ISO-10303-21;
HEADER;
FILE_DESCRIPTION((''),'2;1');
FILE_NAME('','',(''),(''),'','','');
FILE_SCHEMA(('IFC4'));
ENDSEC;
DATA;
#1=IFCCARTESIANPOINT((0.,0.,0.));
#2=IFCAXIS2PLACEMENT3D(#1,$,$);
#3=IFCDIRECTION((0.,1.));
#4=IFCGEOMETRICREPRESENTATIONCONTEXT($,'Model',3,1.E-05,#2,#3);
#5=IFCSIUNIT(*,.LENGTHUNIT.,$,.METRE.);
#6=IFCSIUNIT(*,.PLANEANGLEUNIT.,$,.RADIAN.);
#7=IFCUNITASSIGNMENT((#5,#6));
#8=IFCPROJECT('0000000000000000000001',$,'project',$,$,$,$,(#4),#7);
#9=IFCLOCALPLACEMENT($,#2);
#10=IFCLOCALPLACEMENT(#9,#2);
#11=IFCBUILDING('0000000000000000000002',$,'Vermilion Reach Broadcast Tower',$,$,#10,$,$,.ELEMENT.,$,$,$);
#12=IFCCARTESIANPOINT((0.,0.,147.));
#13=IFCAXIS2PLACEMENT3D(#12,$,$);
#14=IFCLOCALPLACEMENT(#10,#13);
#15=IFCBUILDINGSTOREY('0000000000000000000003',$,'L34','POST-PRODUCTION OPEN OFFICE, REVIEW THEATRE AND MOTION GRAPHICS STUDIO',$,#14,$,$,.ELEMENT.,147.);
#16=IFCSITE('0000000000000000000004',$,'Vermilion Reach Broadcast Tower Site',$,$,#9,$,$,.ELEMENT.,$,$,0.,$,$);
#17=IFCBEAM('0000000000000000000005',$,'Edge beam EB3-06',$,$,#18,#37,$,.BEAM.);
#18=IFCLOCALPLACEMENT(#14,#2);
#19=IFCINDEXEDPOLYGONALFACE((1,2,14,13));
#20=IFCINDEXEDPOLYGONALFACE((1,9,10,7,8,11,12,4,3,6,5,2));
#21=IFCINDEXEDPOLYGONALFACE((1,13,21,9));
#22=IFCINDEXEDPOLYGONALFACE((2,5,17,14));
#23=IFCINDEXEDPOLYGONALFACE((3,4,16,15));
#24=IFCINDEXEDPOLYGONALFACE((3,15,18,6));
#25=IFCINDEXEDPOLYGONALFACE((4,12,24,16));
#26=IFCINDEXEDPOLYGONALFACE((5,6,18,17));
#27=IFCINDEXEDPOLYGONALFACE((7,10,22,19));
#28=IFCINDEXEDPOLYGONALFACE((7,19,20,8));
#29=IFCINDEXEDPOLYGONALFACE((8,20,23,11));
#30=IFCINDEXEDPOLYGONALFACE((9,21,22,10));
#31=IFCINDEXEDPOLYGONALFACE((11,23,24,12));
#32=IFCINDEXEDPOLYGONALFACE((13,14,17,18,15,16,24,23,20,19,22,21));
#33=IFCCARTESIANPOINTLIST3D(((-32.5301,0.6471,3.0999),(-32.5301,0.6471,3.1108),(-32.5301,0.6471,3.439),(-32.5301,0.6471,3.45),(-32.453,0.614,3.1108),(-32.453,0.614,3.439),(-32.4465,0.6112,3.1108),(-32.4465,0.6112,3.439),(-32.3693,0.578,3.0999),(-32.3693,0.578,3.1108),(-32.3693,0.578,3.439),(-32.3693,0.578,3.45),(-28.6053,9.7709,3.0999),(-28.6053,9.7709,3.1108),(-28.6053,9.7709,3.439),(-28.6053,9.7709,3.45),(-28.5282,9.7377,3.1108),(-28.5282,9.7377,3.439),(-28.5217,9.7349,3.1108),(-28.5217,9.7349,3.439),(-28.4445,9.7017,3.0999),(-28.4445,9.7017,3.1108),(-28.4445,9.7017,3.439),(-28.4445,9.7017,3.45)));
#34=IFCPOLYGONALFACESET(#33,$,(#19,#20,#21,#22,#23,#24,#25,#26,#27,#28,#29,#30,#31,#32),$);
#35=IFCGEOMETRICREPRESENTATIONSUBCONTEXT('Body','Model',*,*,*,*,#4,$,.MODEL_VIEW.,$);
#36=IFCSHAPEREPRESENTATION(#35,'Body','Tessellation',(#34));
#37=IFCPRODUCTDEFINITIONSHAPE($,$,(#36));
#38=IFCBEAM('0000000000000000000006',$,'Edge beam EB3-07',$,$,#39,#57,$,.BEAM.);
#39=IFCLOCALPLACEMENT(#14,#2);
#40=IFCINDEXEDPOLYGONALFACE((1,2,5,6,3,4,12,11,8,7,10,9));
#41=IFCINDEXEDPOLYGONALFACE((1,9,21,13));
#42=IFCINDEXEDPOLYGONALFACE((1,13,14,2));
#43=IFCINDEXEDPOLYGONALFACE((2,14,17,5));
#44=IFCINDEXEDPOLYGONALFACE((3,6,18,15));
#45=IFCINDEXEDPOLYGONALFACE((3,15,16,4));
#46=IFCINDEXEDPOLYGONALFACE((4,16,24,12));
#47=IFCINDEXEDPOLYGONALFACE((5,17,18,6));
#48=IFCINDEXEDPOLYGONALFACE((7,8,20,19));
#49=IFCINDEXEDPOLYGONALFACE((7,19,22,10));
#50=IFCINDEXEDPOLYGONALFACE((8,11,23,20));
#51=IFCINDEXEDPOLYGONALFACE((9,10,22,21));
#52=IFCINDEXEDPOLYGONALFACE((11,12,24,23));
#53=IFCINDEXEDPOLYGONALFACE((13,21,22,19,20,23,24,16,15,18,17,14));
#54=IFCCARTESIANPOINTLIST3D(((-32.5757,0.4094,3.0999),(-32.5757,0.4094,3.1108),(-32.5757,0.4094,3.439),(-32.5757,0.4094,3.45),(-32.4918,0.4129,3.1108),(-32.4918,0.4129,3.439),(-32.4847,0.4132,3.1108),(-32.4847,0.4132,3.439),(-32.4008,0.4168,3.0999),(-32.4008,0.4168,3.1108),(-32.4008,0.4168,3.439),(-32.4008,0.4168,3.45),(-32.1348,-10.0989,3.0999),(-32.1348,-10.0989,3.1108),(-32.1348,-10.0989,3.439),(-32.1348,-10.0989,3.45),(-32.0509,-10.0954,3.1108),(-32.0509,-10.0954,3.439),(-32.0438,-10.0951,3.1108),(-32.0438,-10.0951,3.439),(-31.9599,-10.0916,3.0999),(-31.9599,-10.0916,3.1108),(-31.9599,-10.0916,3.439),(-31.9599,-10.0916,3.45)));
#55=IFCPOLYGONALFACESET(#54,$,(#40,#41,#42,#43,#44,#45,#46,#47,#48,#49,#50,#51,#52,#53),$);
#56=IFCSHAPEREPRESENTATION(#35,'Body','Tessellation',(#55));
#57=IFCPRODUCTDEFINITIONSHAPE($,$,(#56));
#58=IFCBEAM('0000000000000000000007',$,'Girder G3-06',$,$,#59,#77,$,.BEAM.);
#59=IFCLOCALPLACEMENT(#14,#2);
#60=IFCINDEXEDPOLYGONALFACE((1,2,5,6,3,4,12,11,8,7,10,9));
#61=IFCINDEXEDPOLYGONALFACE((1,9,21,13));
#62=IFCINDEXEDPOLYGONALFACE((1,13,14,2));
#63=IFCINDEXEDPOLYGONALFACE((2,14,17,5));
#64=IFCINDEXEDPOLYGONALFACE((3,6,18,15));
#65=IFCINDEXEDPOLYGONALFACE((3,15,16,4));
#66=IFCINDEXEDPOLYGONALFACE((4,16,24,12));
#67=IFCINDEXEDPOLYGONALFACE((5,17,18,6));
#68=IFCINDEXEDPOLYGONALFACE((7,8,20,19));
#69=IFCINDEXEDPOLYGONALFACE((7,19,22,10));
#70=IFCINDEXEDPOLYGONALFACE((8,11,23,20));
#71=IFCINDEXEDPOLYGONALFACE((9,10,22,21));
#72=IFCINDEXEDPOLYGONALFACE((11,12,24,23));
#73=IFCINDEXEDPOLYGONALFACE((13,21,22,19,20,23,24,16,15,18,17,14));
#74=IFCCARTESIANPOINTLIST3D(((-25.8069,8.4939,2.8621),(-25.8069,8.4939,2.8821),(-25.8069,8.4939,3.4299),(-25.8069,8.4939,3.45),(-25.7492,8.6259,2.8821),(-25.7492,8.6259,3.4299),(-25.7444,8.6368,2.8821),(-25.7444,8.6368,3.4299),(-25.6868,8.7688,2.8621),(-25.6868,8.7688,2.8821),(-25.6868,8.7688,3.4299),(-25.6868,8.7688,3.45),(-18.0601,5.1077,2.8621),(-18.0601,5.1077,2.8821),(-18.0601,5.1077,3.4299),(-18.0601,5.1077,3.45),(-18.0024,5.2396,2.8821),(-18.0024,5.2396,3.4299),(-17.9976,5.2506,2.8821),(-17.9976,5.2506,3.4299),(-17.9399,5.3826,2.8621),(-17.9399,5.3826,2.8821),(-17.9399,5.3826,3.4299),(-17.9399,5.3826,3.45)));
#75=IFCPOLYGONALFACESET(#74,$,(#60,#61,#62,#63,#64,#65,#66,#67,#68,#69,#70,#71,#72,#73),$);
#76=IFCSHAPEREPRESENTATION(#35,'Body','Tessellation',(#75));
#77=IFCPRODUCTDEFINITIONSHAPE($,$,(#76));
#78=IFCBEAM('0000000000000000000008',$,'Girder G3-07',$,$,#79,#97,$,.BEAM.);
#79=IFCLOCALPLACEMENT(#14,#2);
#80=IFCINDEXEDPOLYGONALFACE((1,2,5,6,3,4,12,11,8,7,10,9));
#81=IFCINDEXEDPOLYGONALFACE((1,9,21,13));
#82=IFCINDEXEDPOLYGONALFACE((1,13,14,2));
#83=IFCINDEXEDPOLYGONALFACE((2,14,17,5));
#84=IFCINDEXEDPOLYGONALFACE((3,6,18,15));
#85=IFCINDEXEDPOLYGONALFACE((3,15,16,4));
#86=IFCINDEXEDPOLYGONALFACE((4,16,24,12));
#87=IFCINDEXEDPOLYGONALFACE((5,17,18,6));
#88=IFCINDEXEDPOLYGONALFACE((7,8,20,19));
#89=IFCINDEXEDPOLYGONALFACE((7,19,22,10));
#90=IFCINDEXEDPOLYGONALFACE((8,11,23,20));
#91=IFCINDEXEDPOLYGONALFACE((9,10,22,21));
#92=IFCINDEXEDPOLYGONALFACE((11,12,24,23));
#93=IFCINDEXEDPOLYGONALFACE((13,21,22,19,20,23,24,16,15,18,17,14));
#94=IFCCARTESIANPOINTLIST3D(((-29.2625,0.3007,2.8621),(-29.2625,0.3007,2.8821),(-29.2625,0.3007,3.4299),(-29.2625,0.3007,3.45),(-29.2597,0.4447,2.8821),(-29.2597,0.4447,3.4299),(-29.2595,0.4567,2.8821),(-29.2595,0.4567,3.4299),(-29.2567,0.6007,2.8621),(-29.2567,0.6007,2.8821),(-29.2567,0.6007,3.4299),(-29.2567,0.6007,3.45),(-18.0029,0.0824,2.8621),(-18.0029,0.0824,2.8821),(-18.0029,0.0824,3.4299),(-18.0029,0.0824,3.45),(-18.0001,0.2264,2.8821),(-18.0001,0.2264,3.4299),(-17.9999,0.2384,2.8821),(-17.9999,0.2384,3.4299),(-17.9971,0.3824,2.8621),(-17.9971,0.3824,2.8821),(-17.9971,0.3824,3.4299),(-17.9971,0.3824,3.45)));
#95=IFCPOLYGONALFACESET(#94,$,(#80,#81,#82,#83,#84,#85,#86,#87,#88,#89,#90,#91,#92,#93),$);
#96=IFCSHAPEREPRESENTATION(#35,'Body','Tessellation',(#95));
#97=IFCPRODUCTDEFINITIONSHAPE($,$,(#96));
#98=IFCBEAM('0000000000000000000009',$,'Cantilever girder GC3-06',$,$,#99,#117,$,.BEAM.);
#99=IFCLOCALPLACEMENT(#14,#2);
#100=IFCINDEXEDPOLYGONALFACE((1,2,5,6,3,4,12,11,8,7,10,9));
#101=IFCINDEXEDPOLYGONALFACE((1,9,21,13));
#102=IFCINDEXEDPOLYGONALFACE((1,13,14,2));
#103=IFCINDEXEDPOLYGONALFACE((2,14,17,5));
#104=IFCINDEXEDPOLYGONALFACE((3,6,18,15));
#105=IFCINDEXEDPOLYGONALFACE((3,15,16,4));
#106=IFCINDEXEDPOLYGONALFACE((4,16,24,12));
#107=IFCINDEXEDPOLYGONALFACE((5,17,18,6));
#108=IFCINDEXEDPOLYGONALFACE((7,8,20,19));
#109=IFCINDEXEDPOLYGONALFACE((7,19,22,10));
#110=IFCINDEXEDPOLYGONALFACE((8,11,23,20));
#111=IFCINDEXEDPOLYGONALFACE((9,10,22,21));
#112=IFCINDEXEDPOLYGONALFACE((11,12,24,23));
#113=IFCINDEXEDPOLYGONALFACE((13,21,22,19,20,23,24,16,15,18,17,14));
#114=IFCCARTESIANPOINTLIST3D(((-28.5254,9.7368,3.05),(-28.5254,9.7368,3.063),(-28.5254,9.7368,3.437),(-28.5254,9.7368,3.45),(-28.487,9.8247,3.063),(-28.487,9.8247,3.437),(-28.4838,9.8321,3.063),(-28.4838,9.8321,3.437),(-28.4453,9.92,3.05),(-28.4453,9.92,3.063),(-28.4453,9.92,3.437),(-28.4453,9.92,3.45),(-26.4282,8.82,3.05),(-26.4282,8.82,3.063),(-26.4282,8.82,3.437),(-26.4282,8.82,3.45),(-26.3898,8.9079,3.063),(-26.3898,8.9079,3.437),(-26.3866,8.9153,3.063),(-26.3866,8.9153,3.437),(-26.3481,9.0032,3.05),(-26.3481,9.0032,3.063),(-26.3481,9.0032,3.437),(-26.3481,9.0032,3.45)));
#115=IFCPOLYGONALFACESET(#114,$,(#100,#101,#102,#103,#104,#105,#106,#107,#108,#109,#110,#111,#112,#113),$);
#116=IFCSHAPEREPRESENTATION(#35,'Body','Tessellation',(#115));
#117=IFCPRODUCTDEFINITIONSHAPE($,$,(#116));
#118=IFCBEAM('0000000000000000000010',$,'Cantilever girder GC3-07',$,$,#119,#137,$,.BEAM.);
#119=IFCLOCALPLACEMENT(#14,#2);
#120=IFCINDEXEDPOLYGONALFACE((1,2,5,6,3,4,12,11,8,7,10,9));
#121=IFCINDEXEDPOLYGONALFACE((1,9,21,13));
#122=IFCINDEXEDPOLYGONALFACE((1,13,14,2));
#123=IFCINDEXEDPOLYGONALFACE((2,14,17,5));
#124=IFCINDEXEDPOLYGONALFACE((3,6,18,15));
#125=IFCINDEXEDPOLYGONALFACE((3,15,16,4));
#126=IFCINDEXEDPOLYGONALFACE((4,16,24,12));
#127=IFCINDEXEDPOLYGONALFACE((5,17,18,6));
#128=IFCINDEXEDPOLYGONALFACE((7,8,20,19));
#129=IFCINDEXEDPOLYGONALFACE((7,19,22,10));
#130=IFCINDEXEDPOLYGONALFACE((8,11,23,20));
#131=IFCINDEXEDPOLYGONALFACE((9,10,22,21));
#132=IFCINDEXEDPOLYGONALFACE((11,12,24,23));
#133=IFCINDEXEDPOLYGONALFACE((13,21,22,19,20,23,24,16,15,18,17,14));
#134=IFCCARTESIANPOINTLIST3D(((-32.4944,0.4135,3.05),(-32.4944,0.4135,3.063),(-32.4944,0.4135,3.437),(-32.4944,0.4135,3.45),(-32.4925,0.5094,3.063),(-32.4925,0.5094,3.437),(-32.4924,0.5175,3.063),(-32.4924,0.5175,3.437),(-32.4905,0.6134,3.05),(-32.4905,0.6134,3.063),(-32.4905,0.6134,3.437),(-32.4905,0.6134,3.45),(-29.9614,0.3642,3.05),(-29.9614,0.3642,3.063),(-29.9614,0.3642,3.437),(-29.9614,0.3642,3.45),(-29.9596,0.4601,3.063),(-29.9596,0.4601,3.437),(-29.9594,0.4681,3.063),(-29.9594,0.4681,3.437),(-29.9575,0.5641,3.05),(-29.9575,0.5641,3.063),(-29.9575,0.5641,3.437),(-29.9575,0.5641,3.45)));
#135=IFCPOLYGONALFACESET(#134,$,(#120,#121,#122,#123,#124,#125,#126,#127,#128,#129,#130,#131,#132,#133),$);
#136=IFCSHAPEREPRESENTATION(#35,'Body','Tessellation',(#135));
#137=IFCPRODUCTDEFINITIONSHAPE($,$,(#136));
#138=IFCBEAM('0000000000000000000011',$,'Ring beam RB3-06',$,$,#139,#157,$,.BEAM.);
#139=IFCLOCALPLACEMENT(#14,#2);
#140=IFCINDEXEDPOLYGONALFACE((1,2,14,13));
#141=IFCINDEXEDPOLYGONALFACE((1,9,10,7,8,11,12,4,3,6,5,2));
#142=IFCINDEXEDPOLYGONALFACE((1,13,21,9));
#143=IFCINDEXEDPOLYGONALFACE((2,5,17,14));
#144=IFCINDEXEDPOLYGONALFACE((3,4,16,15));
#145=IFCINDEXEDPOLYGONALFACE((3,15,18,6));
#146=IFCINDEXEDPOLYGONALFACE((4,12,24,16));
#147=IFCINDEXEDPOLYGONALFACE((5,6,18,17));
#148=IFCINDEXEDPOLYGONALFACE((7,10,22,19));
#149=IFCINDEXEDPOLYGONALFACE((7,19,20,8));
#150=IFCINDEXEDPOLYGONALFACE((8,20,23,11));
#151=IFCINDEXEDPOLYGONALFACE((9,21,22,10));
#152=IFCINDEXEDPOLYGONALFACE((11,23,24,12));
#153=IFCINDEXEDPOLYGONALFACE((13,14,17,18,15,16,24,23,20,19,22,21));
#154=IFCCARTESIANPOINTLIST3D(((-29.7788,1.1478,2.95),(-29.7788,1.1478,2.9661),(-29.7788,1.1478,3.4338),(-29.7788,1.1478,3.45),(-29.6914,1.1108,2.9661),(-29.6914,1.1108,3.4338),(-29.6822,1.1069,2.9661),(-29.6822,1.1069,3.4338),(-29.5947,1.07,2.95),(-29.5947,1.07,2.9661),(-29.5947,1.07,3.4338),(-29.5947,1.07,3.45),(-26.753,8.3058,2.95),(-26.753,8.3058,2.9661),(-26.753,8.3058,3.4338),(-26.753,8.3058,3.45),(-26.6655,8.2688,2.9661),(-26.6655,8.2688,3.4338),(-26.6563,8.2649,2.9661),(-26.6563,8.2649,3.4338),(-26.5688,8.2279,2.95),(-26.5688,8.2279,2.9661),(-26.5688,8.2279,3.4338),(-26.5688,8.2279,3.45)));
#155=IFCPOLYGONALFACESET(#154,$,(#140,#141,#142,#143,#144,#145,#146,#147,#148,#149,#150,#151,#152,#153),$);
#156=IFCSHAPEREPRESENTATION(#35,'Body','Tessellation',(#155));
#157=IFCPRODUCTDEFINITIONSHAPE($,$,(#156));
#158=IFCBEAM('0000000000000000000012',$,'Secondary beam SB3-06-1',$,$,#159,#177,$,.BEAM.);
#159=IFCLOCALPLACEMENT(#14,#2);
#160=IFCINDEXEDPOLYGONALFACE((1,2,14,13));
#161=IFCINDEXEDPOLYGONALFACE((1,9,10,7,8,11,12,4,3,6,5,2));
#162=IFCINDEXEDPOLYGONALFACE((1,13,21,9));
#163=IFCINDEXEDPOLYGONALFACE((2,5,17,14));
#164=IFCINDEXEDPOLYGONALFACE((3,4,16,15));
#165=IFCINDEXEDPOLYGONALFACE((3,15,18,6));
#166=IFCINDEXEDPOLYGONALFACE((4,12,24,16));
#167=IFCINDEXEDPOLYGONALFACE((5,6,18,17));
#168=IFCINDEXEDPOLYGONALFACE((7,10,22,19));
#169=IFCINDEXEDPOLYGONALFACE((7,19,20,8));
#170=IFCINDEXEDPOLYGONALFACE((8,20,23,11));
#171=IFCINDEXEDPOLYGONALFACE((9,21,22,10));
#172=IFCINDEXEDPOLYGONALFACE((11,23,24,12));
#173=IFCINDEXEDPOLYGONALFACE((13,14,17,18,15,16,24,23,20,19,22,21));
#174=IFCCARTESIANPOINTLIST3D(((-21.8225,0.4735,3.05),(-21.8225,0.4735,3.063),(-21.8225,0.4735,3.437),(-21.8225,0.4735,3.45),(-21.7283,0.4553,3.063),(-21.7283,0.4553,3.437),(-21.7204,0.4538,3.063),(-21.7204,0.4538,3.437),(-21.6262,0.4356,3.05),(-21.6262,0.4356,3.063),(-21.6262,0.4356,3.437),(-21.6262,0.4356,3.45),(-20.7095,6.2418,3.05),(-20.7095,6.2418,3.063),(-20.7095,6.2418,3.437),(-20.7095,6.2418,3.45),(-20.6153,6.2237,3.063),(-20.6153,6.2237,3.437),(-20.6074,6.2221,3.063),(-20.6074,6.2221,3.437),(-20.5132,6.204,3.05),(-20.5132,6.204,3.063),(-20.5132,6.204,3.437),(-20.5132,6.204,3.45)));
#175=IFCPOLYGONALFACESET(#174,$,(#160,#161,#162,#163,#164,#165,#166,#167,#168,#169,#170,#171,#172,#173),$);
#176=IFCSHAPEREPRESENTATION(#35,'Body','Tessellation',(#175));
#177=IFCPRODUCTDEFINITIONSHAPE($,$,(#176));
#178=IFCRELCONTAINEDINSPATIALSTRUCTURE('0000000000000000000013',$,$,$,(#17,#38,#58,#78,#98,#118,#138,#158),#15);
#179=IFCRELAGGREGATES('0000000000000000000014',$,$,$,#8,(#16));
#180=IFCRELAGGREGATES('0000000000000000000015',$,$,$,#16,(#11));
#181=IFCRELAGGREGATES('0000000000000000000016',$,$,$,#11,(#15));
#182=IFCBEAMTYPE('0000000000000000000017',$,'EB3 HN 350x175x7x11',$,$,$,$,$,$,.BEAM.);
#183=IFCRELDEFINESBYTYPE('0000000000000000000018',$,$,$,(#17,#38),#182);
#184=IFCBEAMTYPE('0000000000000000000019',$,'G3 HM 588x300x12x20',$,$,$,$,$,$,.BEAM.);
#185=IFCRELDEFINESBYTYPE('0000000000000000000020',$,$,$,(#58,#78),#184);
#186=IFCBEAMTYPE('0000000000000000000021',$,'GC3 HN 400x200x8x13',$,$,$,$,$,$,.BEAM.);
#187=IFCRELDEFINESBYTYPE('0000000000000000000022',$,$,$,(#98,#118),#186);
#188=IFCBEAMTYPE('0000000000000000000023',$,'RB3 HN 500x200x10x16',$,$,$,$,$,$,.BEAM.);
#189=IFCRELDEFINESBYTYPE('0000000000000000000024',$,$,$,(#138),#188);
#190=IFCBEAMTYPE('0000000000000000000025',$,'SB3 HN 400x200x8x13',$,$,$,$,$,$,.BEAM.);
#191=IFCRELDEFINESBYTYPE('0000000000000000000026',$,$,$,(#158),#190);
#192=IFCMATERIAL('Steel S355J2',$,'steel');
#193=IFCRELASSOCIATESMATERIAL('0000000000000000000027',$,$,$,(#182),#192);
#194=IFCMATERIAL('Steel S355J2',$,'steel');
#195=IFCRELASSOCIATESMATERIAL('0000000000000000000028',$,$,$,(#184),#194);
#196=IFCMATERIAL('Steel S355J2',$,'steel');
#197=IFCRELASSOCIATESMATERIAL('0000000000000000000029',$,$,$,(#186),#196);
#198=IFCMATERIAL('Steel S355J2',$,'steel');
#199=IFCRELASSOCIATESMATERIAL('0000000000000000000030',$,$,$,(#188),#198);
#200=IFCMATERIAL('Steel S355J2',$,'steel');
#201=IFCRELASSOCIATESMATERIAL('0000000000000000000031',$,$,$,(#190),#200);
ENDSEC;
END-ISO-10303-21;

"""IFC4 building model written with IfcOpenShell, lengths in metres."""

from ifc_helpers import new_model, si_unit, direction, frame, origin, origin_2d, place, context, subcontext, project, spatial, i_section, extrude, material, material_profile, profile_set, type_object, element, save


model = new_model("IFC4")

# Units and contexts
model_context = context("Model", 3, precision=1e-05, world=origin(), true_north=direction((0.0, 1.0)))
body_context = subcontext(model_context, "Body", "Model", "MODEL_VIEW")
ifc_project = project(units=[si_unit("LENGTHUNIT", "METRE"), si_unit("PLANEANGLEUNIT", "RADIAN")], contexts=[model_context])

# Site, building, storey
site_placement = place(None, origin())
site = spatial("IfcSite", under=ifc_project, at=site_placement, Name="Vermilion Reach Broadcast Tower Site", CompositionType="ELEMENT", RefElevation=0.0)
building_placement = place(site_placement, origin())
building = spatial("IfcBuilding", under=site, at=building_placement, Name="Vermilion Reach Broadcast Tower", CompositionType="ELEMENT")
storey_placement = place(building_placement, frame((0.0, 0.0, 147.0)))
storey = spatial("IfcBuildingStorey", under=building, at=storey_placement, Name="L34", Description="POST-PRODUCTION OPEN OFFICE, REVIEW THEATRE AND MOTION GRAPHICS STUDIO", CompositionType="ELEMENT", Elevation=147.0)

# Beams
ifc_material_1 = material(Name="Steel S355J2", Category="steel")
ifc_material_profile_1 = material_profile(ifc_material_1, i_section(OverallWidth=0.175, OverallDepth=0.3501, WebThickness=0.0071, FlangeThickness=0.011, at=origin_2d()), Name="S355J2 HN 350x175x7x11")
ifc_profile_set_1 = profile_set([ifc_material_profile_1], Name="Steel S355J2")
beam_type_1 = type_object("IfcBeamType", Name="EB3 HN 350x175x7x11", PredefinedType="BEAM", material=ifc_profile_set_1)
beam_1_placement = place(storey_placement, frame((-28.5249, 9.7363, 3.2749), z_axis=(-0.395162, -0.918611, 0.0), x_axis=(0.918611, -0.395162, 0.0)))
element("IfcBeam", 1, at=beam_1_placement, inside=storey, type_object=beam_type_1, Name="Edge beam EB3-06", PredefinedType="BEAM", context=body_context, shape_type="SweptSolid", body=[
    extrude(i_section(OverallWidth=0.175, OverallDepth=0.3501, WebThickness=0.0071, FlangeThickness=0.011, at=origin_2d()), origin(), (0.0, 0.0, 1.0), 9.9321),
])
beam_2_placement = place(storey_placement, frame((-32.4883, 0.4131, 3.2749), z_axis=(0.041922, -0.999121, 0.0), x_axis=(0.999121, 0.041922, 0.0)))
element("IfcBeam", 2, at=beam_2_placement, inside=storey, type_object=beam_type_1, Name="Edge beam EB3-07", PredefinedType="BEAM", context=body_context, shape_type="SweptSolid", body=[
    extrude(i_section(OverallWidth=0.175, OverallDepth=0.3501, WebThickness=0.0071, FlangeThickness=0.011, at=origin_2d()), origin(), (0.0, 0.0, 1.0), 10.5176),
])
ifc_material_2 = material(Name="Steel S355J2", Category="steel")
ifc_material_profile_2 = material_profile(ifc_material_2, i_section(OverallWidth=0.3, OverallDepth=0.5879, WebThickness=0.012, FlangeThickness=0.02, at=origin_2d()), Name="S355J2 HM 588x300x12x20")
ifc_profile_set_2 = profile_set([ifc_material_profile_2], Name="Steel S355J2")
beam_type_2 = type_object("IfcBeamType", Name="G3 HM 588x300x12x20", PredefinedType="BEAM", material=ifc_profile_set_2)
beam_3_placement = place(storey_placement, frame((-18.0, 5.2451, 3.156), z_axis=(-0.916288, 0.40052, 0.0), x_axis=(-0.40052, -0.916288, 0.0)))
element("IfcBeam", 3, at=beam_3_placement, inside=storey, type_object=beam_type_2, Name="Girder G3-06", PredefinedType="BEAM", context=body_context, shape_type="SweptSolid", body=[
    extrude(i_section(OverallWidth=0.3, OverallDepth=0.5879, WebThickness=0.012, FlangeThickness=0.02, at=origin_2d()), origin(), (0.0, 0.0, 1.0), 8.4546),
])
beam_4_placement = place(storey_placement, frame((-18.0, 0.2324, 3.156), z_axis=(-0.999812, 0.019381, 0.0), x_axis=(-0.019381, -0.999812, 0.0)))
element("IfcBeam", 4, at=beam_4_placement, inside=storey, type_object=beam_type_2, Name="Girder G3-07", PredefinedType="BEAM", context=body_context, shape_type="SweptSolid", body=[
    extrude(i_section(OverallWidth=0.3, OverallDepth=0.5879, WebThickness=0.012, FlangeThickness=0.02, at=origin_2d()), origin(), (0.0, 0.0, 1.0), 11.2617),
])
ifc_material_3 = material(Name="Steel S355J2", Category="steel")
ifc_material_profile_3 = material_profile(ifc_material_3, i_section(OverallWidth=0.2, OverallDepth=0.3999, WebThickness=0.0081, FlangeThickness=0.0129, at=origin_2d()), Name="S355J2 HN 400x200x8x13")
ifc_profile_set_3 = profile_set([ifc_material_profile_3], Name="Steel S355J2")
beam_type_3 = type_object("IfcBeamType", Name="GC3 HN 400x200x8x13", PredefinedType="BEAM", material=ifc_profile_set_3)
beam_5_placement = place(storey_placement, frame((-26.3882, 8.9116, 3.25), z_axis=(-0.91628, 0.400539, 0.0), x_axis=(-0.400539, -0.91628, 0.0)))
element("IfcBeam", 5, at=beam_5_placement, inside=storey, type_object=beam_type_3, Name="Cantilever girder GC3-06", PredefinedType="BEAM", context=body_context, shape_type="SweptSolid", body=[
    extrude(i_section(OverallWidth=0.2, OverallDepth=0.3999, WebThickness=0.0081, FlangeThickness=0.0129, at=origin_2d()), origin(), (0.0, 0.0, 1.0), 2.2888),
])
beam_6_placement = place(storey_placement, frame((-29.9595, 0.4641, 3.25), z_axis=(-0.999811, 0.019466, 0.0), x_axis=(-0.019466, -0.999811, 0.0)))
element("IfcBeam", 6, at=beam_6_placement, inside=storey, type_object=beam_type_3, Name="Cantilever girder GC3-07", PredefinedType="BEAM", context=body_context, shape_type="SweptSolid", body=[
    extrude(i_section(OverallWidth=0.2, OverallDepth=0.3999, WebThickness=0.0081, FlangeThickness=0.0129, at=origin_2d()), origin(), (0.0, 0.0, 1.0), 2.5334),
])
ifc_material_4 = material(Name="Steel S355J2", Category="steel")
ifc_material_profile_4 = material_profile(ifc_material_4, i_section(OverallWidth=0.2, OverallDepth=0.5, WebThickness=0.01, FlangeThickness=0.0161, at=origin_2d()), Name="S355J2 HN 500x200x10x16")
ifc_profile_set_4 = profile_set([ifc_material_profile_4], Name="Steel S355J2")
beam_type_4 = type_object("IfcBeamType", Name="RB3 HN 500x200x10x16", PredefinedType="BEAM", material=ifc_profile_set_4)
beam_7_placement = place(storey_placement, frame((-26.6609, 8.2668, 3.2), z_axis=(-0.389368, -0.921082, 0.0), x_axis=(0.921082, -0.389368, 0.0)))
element("IfcBeam", 7, at=beam_7_placement, inside=storey, type_object=beam_type_4, Name="Ring beam RB3-06", PredefinedType="BEAM", context=body_context, shape_type="SweptSolid", body=[
    extrude(i_section(OverallWidth=0.2, OverallDepth=0.5, WebThickness=0.01, FlangeThickness=0.0161, at=origin_2d()), origin(), (0.0, 0.0, 1.0), 7.7712),
])
ifc_material_5 = material(Name="Steel S355J2", Category="steel")
ifc_material_profile_5 = material_profile(ifc_material_5, i_section(OverallWidth=0.2, OverallDepth=0.3999, WebThickness=0.0081, FlangeThickness=0.0129, at=origin_2d()), Name="S355J2 HN 400x200x8x13")
ifc_profile_set_5 = profile_set([ifc_material_profile_5], Name="Steel S355J2")
beam_type_5 = type_object("IfcBeamType", Name="SB3 HN 400x200x8x13", PredefinedType="BEAM", material=ifc_profile_set_5)
beam_8_placement = place(storey_placement, frame((-20.6113, 6.2229, 3.25), z_axis=(-0.189462, -0.981888, 0.0), x_axis=(0.981888, -0.189462, 0.0)))
element("IfcBeam", 8, at=beam_8_placement, inside=storey, type_object=beam_type_5, Name="Secondary beam SB3-06-1", PredefinedType="BEAM", context=body_context, shape_type="SweptSolid", body=[
    extrude(i_section(OverallWidth=0.2, OverallDepth=0.3999, WebThickness=0.0081, FlangeThickness=0.0129, at=origin_2d()), origin(), (0.0, 0.0, 1.0), 5.8748),
])

save(model, "model.ifc")
